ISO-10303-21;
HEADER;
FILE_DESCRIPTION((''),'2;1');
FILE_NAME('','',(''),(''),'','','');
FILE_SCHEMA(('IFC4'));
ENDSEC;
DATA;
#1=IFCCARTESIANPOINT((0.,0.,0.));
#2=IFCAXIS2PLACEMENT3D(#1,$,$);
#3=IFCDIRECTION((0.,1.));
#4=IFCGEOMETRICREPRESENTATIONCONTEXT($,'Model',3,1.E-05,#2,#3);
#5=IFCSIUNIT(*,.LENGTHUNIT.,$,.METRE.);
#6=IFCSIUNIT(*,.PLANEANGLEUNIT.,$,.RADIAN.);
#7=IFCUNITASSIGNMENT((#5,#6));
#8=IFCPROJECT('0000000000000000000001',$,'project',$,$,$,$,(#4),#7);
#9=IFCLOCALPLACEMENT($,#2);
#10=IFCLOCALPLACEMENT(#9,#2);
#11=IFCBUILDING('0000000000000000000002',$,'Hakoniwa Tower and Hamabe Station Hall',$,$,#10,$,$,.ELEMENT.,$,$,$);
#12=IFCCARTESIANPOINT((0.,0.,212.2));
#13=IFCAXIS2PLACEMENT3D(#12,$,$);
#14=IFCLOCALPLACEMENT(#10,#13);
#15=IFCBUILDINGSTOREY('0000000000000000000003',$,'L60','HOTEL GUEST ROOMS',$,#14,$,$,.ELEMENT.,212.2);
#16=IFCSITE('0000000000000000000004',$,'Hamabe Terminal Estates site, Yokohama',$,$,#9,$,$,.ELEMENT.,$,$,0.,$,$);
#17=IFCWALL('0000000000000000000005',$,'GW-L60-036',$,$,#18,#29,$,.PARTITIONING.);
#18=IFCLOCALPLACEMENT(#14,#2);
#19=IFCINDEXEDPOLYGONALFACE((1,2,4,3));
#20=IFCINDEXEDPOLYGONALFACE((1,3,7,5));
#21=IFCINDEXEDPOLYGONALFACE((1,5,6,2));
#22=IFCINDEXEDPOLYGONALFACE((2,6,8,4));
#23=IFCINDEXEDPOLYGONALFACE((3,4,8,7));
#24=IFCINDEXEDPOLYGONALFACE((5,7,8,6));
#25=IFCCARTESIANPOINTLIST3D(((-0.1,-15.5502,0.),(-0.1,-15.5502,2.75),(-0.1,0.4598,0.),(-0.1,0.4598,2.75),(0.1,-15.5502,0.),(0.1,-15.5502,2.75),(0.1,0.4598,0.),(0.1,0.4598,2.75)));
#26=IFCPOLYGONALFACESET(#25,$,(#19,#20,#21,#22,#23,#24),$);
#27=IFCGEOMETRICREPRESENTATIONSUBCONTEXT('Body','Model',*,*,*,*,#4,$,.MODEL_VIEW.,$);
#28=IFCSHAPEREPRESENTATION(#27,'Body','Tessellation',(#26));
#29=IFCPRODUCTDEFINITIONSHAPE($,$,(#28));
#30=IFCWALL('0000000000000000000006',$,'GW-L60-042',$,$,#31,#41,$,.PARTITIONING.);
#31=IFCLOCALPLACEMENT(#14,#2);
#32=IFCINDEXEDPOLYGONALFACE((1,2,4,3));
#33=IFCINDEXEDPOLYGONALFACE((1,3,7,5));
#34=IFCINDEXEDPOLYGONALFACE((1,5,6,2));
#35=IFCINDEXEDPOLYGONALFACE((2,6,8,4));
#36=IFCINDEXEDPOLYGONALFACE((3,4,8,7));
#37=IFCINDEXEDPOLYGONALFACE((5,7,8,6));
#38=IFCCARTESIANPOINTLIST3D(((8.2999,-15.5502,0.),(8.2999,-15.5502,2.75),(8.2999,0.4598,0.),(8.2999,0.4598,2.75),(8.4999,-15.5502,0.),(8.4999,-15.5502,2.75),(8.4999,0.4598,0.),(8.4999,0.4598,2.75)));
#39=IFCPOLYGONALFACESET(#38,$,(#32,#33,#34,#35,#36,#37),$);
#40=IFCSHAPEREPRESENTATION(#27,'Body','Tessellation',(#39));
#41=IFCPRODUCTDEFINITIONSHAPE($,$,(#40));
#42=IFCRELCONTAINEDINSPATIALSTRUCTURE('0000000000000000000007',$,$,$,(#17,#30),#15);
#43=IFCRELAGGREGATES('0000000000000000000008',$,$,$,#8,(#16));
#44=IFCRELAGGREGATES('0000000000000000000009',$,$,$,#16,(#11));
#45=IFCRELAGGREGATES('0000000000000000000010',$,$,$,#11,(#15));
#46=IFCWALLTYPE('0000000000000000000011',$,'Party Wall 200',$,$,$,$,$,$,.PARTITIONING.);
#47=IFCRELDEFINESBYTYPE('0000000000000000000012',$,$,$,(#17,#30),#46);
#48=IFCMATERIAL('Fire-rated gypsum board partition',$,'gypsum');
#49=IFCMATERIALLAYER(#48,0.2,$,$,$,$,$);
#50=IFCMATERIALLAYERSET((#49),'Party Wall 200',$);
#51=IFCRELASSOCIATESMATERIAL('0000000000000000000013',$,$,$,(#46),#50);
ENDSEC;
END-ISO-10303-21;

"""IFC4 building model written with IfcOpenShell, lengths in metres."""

from ifc_helpers import new_model, si_unit, direction, frame, frame_2d, origin, place, context, subcontext, project, spatial, rectangle, extrude, material, layer, layer_set, type_object, element, save


model = new_model("IFC4")

# Units and contexts
model_context = context("Model", 3, precision=1e-05, world=origin(), true_north=direction((0.0, 1.0)))
body_context = subcontext(model_context, "Body", "Model", "MODEL_VIEW")
ifc_project = project(units=[si_unit("LENGTHUNIT", "METRE"), si_unit("PLANEANGLEUNIT", "RADIAN")], contexts=[model_context])

# Site, building, storey
site_placement = place(None, origin())
site = spatial("IfcSite", under=ifc_project, at=site_placement, Name="Hamabe Terminal Estates site, Yokohama", CompositionType="ELEMENT", RefElevation=0.0)
building_placement = place(site_placement, origin())
building = spatial("IfcBuilding", under=site, at=building_placement, Name="Hakoniwa Tower and Hamabe Station Hall", CompositionType="ELEMENT")
storey_placement = place(building_placement, frame((0.0, 0.0, 212.2)))
storey = spatial("IfcBuildingStorey", under=building, at=storey_placement, Name="L60", Description="HOTEL GUEST ROOMS", CompositionType="ELEMENT", Elevation=212.2)

# Walls
ifc_material_1 = material(Name="Fire-rated gypsum board partition", Category="gypsum")
ifc_layer_1 = layer(ifc_material_1, 0.2)
ifc_layer_set_1 = layer_set([ifc_layer_1], Name="Party Wall 200")
wall_type_1 = type_object("IfcWallType", Name="Party Wall 200", PredefinedType="PARTITIONING", material=ifc_layer_set_1)
for number, where, z_axis, x_axis, name in (
    (1, (0.0, -15.55, 0.0), (0.0, 0.0, 1.0), (0.0, 1.0, 0.0), "GW-L60-036"),
    (2, (8.3999, -15.55, 0.0), (0.0, 0.0, 1.0), (0.0, 1.0, 0.0), "GW-L60-042"),
):
    element("IfcWall", number, at=place(storey_placement, frame(where, z_axis=z_axis, x_axis=x_axis)), inside=storey, type_object=wall_type_1, Name=name, PredefinedType="PARTITIONING", context=body_context, shape_type="SweptSolid", body=[
        extrude(rectangle(XDim=16.01, YDim=0.2, at=frame_2d((8.0049, 0.0))), origin(), (0.0, 0.0, 1.0), 2.75),
    ])

save(model, "model.ifc")
